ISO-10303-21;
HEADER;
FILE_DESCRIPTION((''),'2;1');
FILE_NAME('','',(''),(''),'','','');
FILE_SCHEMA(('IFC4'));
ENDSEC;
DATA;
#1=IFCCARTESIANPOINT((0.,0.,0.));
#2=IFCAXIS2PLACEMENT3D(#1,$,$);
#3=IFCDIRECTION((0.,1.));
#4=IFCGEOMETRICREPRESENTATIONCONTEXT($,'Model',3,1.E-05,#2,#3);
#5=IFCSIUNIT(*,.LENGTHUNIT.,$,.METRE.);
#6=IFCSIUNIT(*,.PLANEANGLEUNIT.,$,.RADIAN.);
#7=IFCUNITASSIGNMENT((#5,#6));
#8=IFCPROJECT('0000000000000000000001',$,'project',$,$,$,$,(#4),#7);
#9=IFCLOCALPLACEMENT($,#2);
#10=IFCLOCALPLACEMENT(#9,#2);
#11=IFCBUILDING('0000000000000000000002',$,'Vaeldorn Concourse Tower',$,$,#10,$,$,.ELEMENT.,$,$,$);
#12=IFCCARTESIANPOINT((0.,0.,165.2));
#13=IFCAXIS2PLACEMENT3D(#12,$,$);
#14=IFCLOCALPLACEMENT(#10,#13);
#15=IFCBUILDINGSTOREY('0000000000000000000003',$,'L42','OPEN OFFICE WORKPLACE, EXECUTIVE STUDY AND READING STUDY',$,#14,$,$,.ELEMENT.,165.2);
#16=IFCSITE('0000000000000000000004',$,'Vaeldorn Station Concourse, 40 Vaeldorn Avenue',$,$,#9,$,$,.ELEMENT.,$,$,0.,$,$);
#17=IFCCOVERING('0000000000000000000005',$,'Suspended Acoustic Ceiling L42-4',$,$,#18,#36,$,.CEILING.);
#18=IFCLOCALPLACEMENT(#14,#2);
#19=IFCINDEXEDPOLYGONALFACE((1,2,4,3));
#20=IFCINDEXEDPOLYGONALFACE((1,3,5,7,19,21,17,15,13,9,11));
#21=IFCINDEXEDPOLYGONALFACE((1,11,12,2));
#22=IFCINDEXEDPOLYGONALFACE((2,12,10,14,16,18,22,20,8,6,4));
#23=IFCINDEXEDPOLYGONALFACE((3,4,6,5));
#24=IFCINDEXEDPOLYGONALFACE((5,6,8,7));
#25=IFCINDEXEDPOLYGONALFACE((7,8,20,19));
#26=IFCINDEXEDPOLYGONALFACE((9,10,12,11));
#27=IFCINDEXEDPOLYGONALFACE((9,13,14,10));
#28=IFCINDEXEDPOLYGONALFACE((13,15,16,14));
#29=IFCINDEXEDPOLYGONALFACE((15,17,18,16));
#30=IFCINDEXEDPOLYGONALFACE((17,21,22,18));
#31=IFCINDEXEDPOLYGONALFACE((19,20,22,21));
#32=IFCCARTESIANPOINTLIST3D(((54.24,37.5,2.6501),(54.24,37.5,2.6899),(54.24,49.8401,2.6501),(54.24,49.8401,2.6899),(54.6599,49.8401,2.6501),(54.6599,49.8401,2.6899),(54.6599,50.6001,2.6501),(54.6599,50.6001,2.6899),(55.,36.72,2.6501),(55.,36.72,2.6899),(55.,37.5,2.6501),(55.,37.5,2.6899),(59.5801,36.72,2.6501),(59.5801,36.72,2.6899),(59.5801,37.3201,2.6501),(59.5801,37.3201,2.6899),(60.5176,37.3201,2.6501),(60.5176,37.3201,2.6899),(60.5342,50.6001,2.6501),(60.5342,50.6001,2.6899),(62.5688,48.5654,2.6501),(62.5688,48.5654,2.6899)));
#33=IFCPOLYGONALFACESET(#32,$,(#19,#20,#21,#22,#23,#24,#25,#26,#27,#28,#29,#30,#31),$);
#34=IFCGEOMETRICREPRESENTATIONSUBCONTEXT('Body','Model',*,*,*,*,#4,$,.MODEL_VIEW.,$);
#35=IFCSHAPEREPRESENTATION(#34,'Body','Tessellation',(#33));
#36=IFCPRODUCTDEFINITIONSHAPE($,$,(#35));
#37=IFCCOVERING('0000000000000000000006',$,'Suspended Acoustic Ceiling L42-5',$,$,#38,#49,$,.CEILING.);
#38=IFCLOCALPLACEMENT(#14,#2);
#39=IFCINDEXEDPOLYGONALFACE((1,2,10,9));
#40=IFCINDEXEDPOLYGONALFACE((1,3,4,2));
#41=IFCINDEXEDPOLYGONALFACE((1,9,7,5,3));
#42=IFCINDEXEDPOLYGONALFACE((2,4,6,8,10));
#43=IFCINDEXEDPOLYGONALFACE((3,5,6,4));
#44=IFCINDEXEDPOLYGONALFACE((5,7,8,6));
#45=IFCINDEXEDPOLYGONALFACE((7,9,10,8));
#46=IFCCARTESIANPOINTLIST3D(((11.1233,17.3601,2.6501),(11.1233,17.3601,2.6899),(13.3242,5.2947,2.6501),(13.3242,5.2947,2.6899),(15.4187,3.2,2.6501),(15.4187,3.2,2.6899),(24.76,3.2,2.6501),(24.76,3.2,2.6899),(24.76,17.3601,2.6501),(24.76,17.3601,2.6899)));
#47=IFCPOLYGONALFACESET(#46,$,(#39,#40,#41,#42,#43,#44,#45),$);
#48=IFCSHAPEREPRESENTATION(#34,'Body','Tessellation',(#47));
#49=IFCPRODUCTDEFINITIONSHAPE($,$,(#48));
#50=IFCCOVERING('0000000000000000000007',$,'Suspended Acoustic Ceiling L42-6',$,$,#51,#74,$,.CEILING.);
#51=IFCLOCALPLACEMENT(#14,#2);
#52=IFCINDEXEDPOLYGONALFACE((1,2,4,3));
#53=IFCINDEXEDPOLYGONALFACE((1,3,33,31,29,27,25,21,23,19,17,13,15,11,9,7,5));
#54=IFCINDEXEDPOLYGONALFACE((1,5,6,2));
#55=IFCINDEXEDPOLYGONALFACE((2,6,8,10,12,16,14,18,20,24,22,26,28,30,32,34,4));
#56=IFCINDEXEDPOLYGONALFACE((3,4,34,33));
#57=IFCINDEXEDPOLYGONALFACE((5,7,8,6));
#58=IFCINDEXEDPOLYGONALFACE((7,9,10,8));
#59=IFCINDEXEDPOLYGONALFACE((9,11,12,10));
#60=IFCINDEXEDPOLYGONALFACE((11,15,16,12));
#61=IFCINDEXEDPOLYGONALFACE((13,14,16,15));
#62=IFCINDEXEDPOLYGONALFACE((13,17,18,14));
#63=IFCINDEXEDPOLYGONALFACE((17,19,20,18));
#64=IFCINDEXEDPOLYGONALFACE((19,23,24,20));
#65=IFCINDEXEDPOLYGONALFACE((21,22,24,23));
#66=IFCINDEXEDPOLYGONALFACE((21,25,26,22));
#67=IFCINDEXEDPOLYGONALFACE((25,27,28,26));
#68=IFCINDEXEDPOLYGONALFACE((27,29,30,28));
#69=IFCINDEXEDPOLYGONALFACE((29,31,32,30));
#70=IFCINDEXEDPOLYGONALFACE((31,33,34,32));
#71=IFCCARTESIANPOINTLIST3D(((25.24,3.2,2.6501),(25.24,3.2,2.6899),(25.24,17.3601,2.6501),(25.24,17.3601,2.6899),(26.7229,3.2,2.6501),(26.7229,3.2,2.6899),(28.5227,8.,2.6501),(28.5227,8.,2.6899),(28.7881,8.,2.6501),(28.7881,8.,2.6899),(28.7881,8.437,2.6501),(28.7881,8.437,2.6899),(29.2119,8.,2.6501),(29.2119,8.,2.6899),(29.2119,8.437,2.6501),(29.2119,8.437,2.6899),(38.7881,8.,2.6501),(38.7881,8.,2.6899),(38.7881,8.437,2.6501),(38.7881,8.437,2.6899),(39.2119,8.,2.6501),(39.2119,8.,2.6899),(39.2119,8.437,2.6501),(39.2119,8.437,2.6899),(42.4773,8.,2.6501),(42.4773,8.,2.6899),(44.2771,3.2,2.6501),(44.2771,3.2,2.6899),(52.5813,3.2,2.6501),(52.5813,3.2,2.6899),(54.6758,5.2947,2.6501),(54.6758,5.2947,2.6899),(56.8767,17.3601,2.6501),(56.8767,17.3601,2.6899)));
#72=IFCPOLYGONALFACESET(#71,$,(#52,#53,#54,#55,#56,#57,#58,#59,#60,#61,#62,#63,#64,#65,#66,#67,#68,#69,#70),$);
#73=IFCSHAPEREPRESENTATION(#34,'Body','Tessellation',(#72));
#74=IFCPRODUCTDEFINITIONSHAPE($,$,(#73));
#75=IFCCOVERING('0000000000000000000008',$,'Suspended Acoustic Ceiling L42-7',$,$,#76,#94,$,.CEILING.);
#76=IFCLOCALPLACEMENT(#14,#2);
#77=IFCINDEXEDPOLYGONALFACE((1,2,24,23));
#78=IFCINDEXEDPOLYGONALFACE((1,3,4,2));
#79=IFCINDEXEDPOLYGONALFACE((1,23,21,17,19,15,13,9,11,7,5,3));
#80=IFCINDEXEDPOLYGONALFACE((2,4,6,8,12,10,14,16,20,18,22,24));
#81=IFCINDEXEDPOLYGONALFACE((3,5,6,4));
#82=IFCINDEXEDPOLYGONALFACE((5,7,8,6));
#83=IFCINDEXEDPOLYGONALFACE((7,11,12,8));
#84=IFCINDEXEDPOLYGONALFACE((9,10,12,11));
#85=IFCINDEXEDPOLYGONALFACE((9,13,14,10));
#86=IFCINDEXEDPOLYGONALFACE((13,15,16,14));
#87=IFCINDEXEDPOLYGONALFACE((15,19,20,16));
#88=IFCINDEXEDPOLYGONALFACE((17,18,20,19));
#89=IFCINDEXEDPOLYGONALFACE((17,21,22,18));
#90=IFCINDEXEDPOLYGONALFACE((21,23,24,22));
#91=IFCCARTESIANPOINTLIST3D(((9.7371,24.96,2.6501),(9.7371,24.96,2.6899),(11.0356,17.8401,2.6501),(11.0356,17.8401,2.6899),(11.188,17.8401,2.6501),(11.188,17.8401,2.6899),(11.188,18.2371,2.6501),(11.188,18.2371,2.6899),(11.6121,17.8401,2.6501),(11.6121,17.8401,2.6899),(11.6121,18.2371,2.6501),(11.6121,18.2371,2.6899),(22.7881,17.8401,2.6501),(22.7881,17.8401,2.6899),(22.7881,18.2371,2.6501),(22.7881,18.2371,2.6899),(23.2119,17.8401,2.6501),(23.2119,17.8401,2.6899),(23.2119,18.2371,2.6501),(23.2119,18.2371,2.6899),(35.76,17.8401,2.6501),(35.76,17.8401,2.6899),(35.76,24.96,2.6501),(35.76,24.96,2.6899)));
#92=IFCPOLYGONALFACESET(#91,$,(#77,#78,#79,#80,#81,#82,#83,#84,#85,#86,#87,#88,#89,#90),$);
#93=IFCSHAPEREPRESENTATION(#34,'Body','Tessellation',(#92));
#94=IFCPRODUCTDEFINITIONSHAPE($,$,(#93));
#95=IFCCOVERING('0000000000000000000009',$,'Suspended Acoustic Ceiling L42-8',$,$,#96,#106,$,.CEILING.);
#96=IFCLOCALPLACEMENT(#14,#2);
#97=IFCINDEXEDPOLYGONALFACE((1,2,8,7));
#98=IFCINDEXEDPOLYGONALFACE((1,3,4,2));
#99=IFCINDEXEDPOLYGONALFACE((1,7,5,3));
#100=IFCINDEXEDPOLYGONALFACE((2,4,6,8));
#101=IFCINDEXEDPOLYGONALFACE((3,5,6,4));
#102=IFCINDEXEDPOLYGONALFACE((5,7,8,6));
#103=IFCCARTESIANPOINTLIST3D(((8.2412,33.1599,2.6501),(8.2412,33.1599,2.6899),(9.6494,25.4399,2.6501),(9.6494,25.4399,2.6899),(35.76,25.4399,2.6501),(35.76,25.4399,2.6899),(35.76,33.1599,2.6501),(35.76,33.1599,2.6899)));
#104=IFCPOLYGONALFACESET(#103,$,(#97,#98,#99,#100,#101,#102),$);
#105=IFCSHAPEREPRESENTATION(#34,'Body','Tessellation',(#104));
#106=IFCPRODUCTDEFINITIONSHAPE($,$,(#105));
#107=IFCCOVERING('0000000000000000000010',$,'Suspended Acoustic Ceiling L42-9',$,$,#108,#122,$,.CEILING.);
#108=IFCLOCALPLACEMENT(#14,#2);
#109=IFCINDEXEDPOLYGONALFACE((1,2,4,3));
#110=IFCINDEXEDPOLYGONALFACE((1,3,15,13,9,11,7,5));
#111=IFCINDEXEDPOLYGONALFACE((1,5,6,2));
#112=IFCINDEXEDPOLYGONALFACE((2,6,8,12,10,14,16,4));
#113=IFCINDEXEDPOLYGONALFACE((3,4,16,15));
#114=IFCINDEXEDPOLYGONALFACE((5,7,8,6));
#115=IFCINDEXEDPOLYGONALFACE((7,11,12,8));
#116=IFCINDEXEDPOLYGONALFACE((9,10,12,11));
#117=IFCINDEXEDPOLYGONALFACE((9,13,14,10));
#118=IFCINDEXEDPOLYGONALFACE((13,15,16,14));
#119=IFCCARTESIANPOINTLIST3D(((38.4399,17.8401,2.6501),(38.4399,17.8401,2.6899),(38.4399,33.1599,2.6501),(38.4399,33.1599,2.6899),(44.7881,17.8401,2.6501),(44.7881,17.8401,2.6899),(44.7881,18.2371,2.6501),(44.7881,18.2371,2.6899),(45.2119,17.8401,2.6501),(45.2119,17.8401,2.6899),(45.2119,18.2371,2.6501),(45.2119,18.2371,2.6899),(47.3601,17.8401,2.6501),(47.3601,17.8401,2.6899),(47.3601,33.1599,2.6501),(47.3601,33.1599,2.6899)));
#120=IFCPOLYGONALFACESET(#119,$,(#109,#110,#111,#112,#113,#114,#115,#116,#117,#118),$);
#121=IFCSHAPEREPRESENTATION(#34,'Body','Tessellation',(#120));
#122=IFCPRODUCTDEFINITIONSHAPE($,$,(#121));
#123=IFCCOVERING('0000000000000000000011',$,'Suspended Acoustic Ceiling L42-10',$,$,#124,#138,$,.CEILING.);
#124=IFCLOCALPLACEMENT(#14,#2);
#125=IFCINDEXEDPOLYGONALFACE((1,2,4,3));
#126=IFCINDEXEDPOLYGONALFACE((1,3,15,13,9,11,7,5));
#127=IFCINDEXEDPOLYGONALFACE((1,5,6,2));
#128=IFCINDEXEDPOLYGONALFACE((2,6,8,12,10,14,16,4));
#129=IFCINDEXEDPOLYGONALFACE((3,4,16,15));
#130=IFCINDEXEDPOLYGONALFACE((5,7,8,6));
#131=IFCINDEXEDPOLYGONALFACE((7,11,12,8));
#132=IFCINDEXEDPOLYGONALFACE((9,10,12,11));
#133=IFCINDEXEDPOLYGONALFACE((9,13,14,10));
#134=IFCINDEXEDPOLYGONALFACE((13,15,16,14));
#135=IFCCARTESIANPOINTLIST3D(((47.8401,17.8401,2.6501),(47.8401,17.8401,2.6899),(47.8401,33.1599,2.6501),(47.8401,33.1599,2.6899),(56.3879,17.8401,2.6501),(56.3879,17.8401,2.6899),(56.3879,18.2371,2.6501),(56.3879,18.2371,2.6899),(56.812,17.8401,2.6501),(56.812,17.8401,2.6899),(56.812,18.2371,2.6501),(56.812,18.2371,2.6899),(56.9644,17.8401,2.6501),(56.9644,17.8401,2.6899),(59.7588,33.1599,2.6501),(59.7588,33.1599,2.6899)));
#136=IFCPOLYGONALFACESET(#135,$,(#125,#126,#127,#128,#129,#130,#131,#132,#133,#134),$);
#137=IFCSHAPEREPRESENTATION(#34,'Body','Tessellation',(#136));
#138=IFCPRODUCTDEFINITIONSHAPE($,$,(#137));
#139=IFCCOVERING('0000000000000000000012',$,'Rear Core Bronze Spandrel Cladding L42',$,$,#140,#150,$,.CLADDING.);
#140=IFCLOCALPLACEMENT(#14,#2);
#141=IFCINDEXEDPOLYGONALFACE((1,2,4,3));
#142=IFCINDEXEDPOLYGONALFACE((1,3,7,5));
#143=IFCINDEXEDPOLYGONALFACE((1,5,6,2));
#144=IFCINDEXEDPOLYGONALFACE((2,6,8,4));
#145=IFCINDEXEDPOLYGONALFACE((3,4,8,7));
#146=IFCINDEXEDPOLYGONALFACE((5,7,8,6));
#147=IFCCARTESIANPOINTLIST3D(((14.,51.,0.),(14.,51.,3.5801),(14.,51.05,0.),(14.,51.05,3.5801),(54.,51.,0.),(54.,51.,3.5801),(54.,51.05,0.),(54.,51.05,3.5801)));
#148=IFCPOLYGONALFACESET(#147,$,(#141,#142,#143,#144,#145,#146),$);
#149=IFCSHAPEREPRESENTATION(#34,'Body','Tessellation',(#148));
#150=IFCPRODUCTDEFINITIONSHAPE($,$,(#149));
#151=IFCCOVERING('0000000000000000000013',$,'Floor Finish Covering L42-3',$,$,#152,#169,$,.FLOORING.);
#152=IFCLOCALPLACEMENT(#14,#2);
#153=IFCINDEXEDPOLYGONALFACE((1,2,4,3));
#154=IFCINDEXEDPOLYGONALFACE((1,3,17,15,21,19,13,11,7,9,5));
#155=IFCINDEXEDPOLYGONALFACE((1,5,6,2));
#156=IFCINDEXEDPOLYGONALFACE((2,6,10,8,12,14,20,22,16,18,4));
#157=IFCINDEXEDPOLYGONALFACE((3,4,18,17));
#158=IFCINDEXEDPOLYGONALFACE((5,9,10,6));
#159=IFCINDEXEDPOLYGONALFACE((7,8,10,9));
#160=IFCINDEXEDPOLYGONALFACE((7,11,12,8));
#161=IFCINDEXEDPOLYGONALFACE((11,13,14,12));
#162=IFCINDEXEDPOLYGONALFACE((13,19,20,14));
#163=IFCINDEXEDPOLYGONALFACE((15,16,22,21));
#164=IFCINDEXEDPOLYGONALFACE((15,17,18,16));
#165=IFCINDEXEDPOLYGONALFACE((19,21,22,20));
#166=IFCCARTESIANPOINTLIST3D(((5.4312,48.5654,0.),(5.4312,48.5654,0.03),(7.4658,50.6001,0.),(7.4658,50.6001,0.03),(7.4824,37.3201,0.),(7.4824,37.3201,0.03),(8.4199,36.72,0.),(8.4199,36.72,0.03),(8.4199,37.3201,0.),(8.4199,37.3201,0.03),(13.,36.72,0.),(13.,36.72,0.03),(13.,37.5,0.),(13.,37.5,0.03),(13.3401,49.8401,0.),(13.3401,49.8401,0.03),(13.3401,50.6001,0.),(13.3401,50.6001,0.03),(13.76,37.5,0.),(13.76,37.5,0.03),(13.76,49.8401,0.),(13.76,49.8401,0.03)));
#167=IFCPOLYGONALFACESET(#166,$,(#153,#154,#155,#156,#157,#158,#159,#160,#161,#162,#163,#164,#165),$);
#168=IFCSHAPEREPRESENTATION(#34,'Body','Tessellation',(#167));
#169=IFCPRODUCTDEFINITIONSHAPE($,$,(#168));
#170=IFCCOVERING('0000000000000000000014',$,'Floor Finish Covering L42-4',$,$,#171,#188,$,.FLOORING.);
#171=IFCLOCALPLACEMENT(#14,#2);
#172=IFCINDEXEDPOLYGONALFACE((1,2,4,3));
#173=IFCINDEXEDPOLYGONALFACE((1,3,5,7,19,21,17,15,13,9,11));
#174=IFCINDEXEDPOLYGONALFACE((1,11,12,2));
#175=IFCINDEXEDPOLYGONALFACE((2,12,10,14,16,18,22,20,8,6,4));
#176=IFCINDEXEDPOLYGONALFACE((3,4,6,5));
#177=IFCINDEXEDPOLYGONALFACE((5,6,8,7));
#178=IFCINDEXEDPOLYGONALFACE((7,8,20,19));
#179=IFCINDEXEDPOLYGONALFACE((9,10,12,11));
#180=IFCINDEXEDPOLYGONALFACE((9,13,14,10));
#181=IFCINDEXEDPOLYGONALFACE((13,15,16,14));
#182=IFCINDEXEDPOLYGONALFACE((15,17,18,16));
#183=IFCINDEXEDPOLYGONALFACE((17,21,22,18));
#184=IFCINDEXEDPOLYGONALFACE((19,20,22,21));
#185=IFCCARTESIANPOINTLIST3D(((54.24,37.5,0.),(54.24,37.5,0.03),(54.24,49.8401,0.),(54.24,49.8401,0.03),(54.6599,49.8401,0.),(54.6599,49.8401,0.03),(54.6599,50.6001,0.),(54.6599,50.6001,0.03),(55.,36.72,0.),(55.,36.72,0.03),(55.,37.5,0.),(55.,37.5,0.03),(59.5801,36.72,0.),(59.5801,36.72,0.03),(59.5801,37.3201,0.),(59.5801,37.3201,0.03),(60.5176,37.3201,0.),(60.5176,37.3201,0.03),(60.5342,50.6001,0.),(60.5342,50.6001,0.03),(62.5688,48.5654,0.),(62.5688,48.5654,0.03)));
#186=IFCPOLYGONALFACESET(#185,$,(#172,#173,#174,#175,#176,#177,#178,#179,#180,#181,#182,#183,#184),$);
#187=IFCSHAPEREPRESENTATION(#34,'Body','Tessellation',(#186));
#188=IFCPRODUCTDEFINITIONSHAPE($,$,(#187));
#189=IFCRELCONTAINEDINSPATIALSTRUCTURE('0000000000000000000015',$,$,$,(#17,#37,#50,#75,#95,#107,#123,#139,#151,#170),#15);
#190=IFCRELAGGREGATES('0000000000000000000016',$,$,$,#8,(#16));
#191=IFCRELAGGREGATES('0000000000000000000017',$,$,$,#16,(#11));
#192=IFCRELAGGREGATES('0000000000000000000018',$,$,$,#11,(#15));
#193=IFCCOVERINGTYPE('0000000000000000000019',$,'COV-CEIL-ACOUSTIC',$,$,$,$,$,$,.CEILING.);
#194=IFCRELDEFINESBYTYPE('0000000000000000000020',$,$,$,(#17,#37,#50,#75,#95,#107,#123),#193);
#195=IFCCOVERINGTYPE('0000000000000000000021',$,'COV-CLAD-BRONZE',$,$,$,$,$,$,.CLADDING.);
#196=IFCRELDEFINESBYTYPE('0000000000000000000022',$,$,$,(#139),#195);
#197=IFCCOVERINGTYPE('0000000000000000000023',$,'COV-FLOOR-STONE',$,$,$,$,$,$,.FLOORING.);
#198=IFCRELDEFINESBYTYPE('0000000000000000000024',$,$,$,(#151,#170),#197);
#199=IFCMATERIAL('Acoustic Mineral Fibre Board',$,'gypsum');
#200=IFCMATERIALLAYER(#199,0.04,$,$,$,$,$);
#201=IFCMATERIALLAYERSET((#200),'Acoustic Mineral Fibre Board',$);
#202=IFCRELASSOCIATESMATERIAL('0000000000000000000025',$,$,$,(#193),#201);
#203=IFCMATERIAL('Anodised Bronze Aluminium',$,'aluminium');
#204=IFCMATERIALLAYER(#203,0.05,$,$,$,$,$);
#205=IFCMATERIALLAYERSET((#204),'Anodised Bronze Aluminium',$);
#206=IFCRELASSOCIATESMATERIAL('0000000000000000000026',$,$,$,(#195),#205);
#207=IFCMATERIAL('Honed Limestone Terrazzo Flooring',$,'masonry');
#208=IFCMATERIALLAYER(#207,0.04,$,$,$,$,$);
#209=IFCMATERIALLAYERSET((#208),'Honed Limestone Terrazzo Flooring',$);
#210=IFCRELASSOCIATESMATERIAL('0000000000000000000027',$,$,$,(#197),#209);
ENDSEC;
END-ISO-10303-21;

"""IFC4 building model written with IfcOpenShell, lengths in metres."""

from ifc_helpers import new_model, si_unit, direction, frame, origin, place, context, subcontext, project, spatial, polyline, outline, extrude, material, layer, layer_set, type_object, element, save


model = new_model("IFC4")

# Units and contexts
model_context = context("Model", 3, precision=1e-05, world=origin(), true_north=direction((0.0, 1.0)))
body_context = subcontext(model_context, "Body", "Model", "MODEL_VIEW")
ifc_project = project(units=[si_unit("LENGTHUNIT", "METRE"), si_unit("PLANEANGLEUNIT", "RADIAN")], contexts=[model_context])

# Site, building, storey
site_placement = place(None, origin())
site = spatial("IfcSite", under=ifc_project, at=site_placement, Name="Vaeldorn Station Concourse, 40 Vaeldorn Avenue", CompositionType="ELEMENT", RefElevation=0.0)
building_placement = place(site_placement, origin())
building = spatial("IfcBuilding", under=site, at=building_placement, Name="Vaeldorn Concourse Tower", CompositionType="ELEMENT")
storey_placement = place(building_placement, frame((0.0, 0.0, 165.2)))
storey = spatial("IfcBuildingStorey", under=building, at=storey_placement, Name="L42", Description="OPEN OFFICE WORKPLACE, EXECUTIVE STUDY AND READING STUDY", CompositionType="ELEMENT", Elevation=165.2)

# Shared definitions
ifc_material_1 = material(Name="Anodised Bronze Aluminium", Category="aluminium")

# Coverings
ifc_material_2 = material(Name="Acoustic Mineral Fibre Board", Category="gypsum")
ifc_layer_1 = layer(ifc_material_2, 0.04)
ifc_layer_set_1 = layer_set([ifc_layer_1], Name="Acoustic Mineral Fibre Board")
covering_type_1 = type_object("IfcCoveringType", Name="COV-CEIL-ACOUSTIC", PredefinedType="CEILING", material=ifc_layer_set_1)
covering_1_placement = place(storey_placement, frame((0.0, 0.0, 2.6501)))
element("IfcCovering", 1, at=covering_1_placement, inside=storey, type_object=covering_type_1, Name="Suspended Acoustic Ceiling L42-4", PredefinedType="CEILING", context=body_context, shape_type="SweptSolid", body=[
    extrude(outline(polyline([(54.6599, 49.8401), (54.6599, 50.6001), (60.5342, 50.6001), (62.5688, 48.5654), (60.5176, 37.3201), (59.5801, 37.3201), (59.5801, 36.72), (55.0, 36.72), (55.0, 37.5), (54.24, 37.5), (54.24, 49.8401), (54.6599, 49.8401)])), origin(), (0.0, 0.0, 1.0), 0.0398),
])
covering_2_placement = place(storey_placement, frame((0.0, 0.0, 2.6501)))
element("IfcCovering", 2, at=covering_2_placement, inside=storey, type_object=covering_type_1, Name="Suspended Acoustic Ceiling L42-5", PredefinedType="CEILING", context=body_context, shape_type="SweptSolid", body=[
    extrude(outline(polyline([(24.76, 17.3601), (24.76, 3.2), (15.4187, 3.2), (13.3242, 5.2947), (11.1233, 17.3601), (24.76, 17.3601)])), origin(), (0.0, 0.0, 1.0), 0.0398),
])
covering_3_placement = place(storey_placement, frame((0.0, 0.0, 2.6501)))
element("IfcCovering", 3, at=covering_3_placement, inside=storey, type_object=covering_type_1, Name="Suspended Acoustic Ceiling L42-6", PredefinedType="CEILING", context=body_context, shape_type="SweptSolid", body=[
    extrude(outline(polyline([(26.7229, 3.2), (25.24, 3.2), (25.24, 17.3601), (56.8767, 17.3601), (54.6758, 5.2947), (52.5813, 3.2), (44.2771, 3.2), (42.4773, 8.0), (39.2119, 8.0), (39.2119, 8.437), (38.7881, 8.437), (38.7881, 8.0), (29.2119, 8.0), (29.2119, 8.437), (28.7881, 8.437), (28.7881, 8.0), (28.5227, 8.0), (26.7229, 3.2)])), origin(), (0.0, 0.0, 1.0), 0.0398),
])
covering_4_placement = place(storey_placement, frame((0.0, 0.0, 2.6501)))
element("IfcCovering", 4, at=covering_4_placement, inside=storey, type_object=covering_type_1, Name="Suspended Acoustic Ceiling L42-7", PredefinedType="CEILING", context=body_context, shape_type="SweptSolid", body=[
    extrude(outline(polyline([(35.76, 24.96), (35.76, 17.8401), (23.2119, 17.8401), (23.2119, 18.2371), (22.7881, 18.2371), (22.7881, 17.8401), (11.6121, 17.8401), (11.6121, 18.2371), (11.188, 18.2371), (11.188, 17.8401), (11.0356, 17.8401), (9.7371, 24.96), (35.76, 24.96)])), origin(), (0.0, 0.0, 1.0), 0.0398),
])
covering_5_placement = place(storey_placement, frame((0.0, 0.0, 2.6501)))
element("IfcCovering", 5, at=covering_5_placement, inside=storey, type_object=covering_type_1, Name="Suspended Acoustic Ceiling L42-8", PredefinedType="CEILING", context=body_context, shape_type="SweptSolid", body=[
    extrude(outline(polyline([(35.76, 33.1599), (35.76, 25.4399), (9.6494, 25.4399), (8.2412, 33.1599), (35.76, 33.1599)])), origin(), (0.0, 0.0, 1.0), 0.0398),
])
covering_6_placement = place(storey_placement, frame((0.0, 0.0, 2.6501)))
element("IfcCovering", 6, at=covering_6_placement, inside=storey, type_object=covering_type_1, Name="Suspended Acoustic Ceiling L42-9", PredefinedType="CEILING", context=body_context, shape_type="SweptSolid", body=[
    extrude(outline(polyline([(38.4399, 33.1599), (47.3601, 33.1599), (47.3601, 17.8401), (45.2119, 17.8401), (45.2119, 18.2371), (44.7881, 18.2371), (44.7881, 17.8401), (38.4399, 17.8401), (38.4399, 33.1599)])), origin(), (0.0, 0.0, 1.0), 0.0398),
])
covering_7_placement = place(storey_placement, frame((0.0, 0.0, 2.6501)))
element("IfcCovering", 7, at=covering_7_placement, inside=storey, type_object=covering_type_1, Name="Suspended Acoustic Ceiling L42-10", PredefinedType="CEILING", context=body_context, shape_type="SweptSolid", body=[
    extrude(outline(polyline([(47.8401, 33.1599), (59.7588, 33.1599), (56.9644, 17.8401), (56.812, 17.8401), (56.812, 18.2371), (56.3879, 18.2371), (56.3879, 17.8401), (47.8401, 17.8401), (47.8401, 33.1599)])), origin(), (0.0, 0.0, 1.0), 0.0398),
])
ifc_layer_2 = layer(ifc_material_1, 0.05)
ifc_layer_set_2 = layer_set([ifc_layer_2], Name="Anodised Bronze Aluminium")
covering_type_2 = type_object("IfcCoveringType", Name="COV-CLAD-BRONZE", PredefinedType="CLADDING", material=ifc_layer_set_2)
covering_8_placement = place(storey_placement, origin())
element("IfcCovering", 8, at=covering_8_placement, inside=storey, type_object=covering_type_2, Name="Rear Core Bronze Spandrel Cladding L42", PredefinedType="CLADDING", context=body_context, shape_type="SweptSolid", body=[
    extrude(outline(polyline([(14.0, 51.0), (54.0, 51.0), (54.0, 51.05), (14.0, 51.05), (14.0, 51.0)])), origin(), (0.0, 0.0, 1.0), 3.5801),
])
ifc_material_3 = material(Name="Honed Limestone Terrazzo Flooring", Category="masonry")
ifc_layer_3 = layer(ifc_material_3, 0.04)
ifc_layer_set_3 = layer_set([ifc_layer_3], Name="Honed Limestone Terrazzo Flooring")
covering_type_3 = type_object("IfcCoveringType", Name="COV-FLOOR-STONE", PredefinedType="FLOORING", material=ifc_layer_set_3)
covering_9_placement = place(storey_placement, origin())
element("IfcCovering", 9, at=covering_9_placement, inside=storey, type_object=covering_type_3, Name="Floor Finish Covering L42-3", PredefinedType="FLOORING", context=body_context, shape_type="SweptSolid", body=[
    extrude(outline(polyline([(7.4658, 50.6001), (13.3401, 50.6001), (13.3401, 49.8401), (13.76, 49.8401), (13.76, 37.5), (13.0, 37.5), (13.0, 36.72), (8.4199, 36.72), (8.4199, 37.3201), (7.4824, 37.3201), (5.4312, 48.5654), (7.4658, 50.6001)])), origin(), (0.0, 0.0, 1.0), 0.03),
])
covering_10_placement = place(storey_placement, origin())
element("IfcCovering", 10, at=covering_10_placement, inside=storey, type_object=covering_type_3, Name="Floor Finish Covering L42-4", PredefinedType="FLOORING", context=body_context, shape_type="SweptSolid", body=[
    extrude(outline(polyline([(54.6599, 49.8401), (54.6599, 50.6001), (60.5342, 50.6001), (62.5688, 48.5654), (60.5176, 37.3201), (59.5801, 37.3201), (59.5801, 36.72), (55.0, 36.72), (55.0, 37.5), (54.24, 37.5), (54.24, 49.8401), (54.6599, 49.8401)])), origin(), (0.0, 0.0, 1.0), 0.03),
])

save(model, "model.ifc")
